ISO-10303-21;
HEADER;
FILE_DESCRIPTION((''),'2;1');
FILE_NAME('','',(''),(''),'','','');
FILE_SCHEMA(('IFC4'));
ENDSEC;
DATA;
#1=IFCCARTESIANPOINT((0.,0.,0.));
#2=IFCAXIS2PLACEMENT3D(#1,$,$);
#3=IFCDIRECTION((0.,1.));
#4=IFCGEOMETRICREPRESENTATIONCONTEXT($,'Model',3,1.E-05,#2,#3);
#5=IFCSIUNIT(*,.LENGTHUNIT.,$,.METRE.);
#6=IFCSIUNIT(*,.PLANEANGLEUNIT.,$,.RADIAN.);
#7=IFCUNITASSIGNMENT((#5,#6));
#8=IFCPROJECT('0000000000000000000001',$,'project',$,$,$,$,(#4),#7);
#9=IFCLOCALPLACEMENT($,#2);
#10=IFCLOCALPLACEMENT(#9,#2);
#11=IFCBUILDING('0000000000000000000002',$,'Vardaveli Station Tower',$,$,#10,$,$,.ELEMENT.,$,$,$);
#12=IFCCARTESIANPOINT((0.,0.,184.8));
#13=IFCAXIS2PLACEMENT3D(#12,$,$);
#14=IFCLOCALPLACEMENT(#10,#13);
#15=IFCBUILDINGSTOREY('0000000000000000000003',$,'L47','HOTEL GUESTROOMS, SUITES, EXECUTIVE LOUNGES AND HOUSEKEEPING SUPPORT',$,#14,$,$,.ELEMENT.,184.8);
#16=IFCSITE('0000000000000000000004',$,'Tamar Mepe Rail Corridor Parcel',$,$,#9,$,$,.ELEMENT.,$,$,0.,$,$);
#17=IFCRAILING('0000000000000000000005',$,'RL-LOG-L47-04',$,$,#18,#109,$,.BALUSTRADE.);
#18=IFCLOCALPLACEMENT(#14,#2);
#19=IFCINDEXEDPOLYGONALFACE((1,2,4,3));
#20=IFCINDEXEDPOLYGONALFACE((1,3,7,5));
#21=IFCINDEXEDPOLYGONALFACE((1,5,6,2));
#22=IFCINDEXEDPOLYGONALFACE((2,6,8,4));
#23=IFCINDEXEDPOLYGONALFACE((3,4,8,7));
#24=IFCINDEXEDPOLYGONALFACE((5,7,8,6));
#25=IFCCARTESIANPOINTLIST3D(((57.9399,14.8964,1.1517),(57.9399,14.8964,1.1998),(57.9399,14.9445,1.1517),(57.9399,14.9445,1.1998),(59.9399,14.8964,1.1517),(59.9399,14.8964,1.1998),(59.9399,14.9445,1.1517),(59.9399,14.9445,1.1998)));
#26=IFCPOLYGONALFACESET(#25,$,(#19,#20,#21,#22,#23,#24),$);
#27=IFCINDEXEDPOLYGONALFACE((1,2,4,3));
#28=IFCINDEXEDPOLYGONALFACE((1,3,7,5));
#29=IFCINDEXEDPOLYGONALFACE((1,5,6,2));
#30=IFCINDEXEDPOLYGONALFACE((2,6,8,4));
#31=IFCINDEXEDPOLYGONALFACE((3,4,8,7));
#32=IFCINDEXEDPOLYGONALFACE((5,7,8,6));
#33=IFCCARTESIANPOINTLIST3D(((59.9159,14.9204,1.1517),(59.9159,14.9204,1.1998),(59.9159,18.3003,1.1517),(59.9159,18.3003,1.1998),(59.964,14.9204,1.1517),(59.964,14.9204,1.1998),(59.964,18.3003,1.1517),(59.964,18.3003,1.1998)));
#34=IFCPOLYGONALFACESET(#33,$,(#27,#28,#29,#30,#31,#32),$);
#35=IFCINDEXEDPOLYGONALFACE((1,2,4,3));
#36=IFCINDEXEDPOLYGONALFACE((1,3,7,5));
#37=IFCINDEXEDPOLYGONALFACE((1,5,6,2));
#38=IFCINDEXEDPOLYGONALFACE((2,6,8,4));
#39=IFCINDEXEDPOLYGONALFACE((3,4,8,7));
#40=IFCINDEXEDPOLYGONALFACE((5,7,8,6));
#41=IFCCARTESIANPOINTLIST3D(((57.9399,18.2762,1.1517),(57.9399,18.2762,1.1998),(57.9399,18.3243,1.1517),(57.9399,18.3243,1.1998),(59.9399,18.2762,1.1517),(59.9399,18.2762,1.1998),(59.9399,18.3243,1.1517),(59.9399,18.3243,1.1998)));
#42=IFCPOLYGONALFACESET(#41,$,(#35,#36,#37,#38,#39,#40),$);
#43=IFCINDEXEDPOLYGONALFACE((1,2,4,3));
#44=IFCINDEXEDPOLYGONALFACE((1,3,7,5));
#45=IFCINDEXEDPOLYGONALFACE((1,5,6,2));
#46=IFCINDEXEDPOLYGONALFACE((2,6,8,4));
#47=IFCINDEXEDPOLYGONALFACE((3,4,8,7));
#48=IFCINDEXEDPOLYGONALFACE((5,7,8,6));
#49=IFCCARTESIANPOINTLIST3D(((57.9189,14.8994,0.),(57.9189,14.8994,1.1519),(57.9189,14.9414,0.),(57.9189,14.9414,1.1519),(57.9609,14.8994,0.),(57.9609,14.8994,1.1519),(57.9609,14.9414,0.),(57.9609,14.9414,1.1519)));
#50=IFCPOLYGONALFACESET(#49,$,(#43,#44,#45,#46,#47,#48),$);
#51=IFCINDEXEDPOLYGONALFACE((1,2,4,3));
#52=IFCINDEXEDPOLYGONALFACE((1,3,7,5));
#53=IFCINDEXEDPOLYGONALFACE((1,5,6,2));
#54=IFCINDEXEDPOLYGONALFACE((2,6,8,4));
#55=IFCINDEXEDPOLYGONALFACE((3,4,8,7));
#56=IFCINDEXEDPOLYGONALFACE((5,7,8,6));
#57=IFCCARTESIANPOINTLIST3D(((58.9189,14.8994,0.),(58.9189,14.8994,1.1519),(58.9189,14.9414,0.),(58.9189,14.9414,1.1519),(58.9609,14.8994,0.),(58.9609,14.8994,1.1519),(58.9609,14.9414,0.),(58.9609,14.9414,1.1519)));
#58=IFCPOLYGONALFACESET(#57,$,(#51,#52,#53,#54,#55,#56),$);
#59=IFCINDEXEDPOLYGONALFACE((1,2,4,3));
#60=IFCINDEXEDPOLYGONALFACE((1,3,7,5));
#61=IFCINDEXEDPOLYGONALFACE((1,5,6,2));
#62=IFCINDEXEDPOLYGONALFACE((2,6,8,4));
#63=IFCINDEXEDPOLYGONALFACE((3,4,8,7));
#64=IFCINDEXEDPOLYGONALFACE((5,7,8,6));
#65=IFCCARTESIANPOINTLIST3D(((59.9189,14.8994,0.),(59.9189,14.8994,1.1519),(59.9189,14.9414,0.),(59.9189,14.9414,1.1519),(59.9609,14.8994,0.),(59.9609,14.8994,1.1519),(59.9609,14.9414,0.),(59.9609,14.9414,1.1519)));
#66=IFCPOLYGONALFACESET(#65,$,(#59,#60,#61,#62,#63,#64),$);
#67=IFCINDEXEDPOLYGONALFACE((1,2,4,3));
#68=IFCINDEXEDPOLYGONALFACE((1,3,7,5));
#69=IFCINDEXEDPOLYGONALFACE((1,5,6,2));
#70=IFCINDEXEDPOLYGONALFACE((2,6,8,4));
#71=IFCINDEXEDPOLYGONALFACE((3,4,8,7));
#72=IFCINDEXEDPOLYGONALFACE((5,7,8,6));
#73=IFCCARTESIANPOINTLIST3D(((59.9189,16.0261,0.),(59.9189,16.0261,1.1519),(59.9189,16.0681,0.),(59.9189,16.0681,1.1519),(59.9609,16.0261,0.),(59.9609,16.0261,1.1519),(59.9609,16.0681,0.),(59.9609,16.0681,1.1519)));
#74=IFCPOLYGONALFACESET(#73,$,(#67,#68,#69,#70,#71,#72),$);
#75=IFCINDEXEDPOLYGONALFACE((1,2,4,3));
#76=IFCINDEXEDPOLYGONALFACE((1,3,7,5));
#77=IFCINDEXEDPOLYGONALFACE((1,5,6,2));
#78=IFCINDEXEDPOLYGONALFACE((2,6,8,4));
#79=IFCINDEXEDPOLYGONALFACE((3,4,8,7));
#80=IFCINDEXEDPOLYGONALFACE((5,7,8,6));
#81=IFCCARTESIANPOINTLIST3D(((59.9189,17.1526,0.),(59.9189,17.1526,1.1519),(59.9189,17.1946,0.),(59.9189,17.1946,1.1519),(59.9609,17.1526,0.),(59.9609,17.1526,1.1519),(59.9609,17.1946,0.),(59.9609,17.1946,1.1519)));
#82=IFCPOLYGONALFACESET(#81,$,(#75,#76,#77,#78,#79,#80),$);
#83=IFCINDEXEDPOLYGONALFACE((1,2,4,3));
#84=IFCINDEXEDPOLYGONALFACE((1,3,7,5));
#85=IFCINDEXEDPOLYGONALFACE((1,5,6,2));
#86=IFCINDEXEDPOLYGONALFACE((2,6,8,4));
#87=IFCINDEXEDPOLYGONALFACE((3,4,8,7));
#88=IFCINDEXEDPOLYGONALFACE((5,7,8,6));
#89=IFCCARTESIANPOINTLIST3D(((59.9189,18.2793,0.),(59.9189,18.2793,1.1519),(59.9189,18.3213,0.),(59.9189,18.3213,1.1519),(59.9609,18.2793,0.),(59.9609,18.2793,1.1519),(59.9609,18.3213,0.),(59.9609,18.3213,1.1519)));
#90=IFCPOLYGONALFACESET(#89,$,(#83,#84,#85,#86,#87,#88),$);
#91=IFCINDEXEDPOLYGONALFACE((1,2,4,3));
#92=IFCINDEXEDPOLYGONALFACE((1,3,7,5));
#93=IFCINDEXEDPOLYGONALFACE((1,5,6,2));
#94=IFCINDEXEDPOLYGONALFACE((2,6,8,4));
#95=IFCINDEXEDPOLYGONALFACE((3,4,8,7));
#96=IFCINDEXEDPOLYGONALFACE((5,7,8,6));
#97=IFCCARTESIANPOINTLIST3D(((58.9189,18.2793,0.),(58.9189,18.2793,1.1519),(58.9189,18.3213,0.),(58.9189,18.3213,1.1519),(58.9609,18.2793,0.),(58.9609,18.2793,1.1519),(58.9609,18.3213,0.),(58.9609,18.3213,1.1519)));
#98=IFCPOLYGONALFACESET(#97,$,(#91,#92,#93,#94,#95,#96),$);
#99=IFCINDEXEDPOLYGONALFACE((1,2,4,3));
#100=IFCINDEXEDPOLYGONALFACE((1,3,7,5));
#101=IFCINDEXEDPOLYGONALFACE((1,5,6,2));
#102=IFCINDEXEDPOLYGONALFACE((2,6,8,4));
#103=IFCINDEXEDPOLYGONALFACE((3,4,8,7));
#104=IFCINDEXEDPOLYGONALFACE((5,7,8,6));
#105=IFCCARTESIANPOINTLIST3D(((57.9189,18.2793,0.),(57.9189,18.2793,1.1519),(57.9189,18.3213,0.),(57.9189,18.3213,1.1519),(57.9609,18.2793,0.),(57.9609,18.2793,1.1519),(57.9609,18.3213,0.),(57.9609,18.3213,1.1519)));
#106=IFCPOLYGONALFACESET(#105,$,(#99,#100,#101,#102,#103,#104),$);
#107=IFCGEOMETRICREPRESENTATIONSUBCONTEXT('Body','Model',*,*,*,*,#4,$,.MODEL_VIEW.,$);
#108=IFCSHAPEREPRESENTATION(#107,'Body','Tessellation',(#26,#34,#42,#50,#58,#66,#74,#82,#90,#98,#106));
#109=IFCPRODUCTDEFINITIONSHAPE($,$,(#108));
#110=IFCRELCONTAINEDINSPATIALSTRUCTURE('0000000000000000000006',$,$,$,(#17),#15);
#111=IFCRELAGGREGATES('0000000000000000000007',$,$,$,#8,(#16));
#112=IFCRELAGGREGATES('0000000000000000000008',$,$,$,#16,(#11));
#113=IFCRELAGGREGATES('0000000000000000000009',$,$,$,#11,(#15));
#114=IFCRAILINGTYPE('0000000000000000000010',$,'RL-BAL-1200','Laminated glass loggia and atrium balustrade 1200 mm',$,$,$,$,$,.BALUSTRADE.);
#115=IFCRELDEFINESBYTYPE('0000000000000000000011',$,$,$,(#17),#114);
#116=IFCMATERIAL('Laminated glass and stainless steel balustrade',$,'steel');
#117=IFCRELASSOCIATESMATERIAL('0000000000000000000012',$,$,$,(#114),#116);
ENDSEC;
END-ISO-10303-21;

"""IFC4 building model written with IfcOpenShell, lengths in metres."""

from ifc_helpers import new_model, si_unit, direction, frame, origin, origin_2d, place, context, subcontext, project, spatial, rectangle, extrude, source, transform, mapped, material, type_object, element, save


model = new_model("IFC4")

# Units and contexts
model_context = context("Model", 3, precision=1e-05, world=origin(), true_north=direction((0.0, 1.0)))
body_context = subcontext(model_context, "Body", "Model", "MODEL_VIEW")
ifc_project = project(units=[si_unit("LENGTHUNIT", "METRE"), si_unit("PLANEANGLEUNIT", "RADIAN")], contexts=[model_context])

# Site, building, storey
site_placement = place(None, origin())
site = spatial("IfcSite", under=ifc_project, at=site_placement, Name="Tamar Mepe Rail Corridor Parcel", CompositionType="ELEMENT", RefElevation=0.0)
building_placement = place(site_placement, origin())
building = spatial("IfcBuilding", under=site, at=building_placement, Name="Vardaveli Station Tower", CompositionType="ELEMENT")
storey_placement = place(building_placement, frame((0.0, 0.0, 184.8)))
storey = spatial("IfcBuildingStorey", under=building, at=storey_placement, Name="L47", Description="HOTEL GUESTROOMS, SUITES, EXECUTIVE LOUNGES AND HOUSEKEEPING SUPPORT", CompositionType="ELEMENT", Elevation=184.8)

# Railing
ifc_material_1 = material(Name="Laminated glass and stainless steel balustrade", Category="steel")
railing_type = type_object("IfcRailingType", Name="RL-BAL-1200", Description="Laminated glass loggia and atrium balustrade 1200 mm", PredefinedType="BALUSTRADE", material=ifc_material_1)
shared_shape_1 = source(origin(), body_context, "Body", "SweptSolid", [
    extrude(rectangle(XDim=0.0481, YDim=0.0481, at=origin_2d()), frame((0.0, 0.0, 1.1758), z_axis=(1.0, 0.0, 0.0), x_axis=(0.0, 1.0, 0.0)), (0.0, 0.0, 1.0), 2.0),
    extrude(rectangle(XDim=0.0481, YDim=0.0481, at=origin_2d()), frame((2.0, 0.0, 1.1758), z_axis=(0.0, 1.0, 0.0), x_axis=(-1.0, 0.0, 0.0)), (0.0, 0.0, 1.0), 3.3799),
    extrude(rectangle(XDim=0.0481, YDim=0.0481, at=origin_2d()), frame((2.0, 3.3799, 1.1758), z_axis=(-1.0, 0.0, 0.0), x_axis=(0.0, -1.0, 0.0)), (0.0, 0.0, 1.0), 2.0),
    extrude(rectangle(XDim=0.042, YDim=0.042, at=origin_2d()), origin(), (0.0, 0.0, 1.0), 1.1519),
    extrude(rectangle(XDim=0.042, YDim=0.042, at=origin_2d()), frame((1.0, 0.0, 0.0)), (0.0, 0.0, 1.0), 1.1519),
    extrude(rectangle(XDim=0.042, YDim=0.042, at=origin_2d()), frame((2.0, 0.0, 0.0)), (0.0, 0.0, 1.0), 1.1519),
    extrude(rectangle(XDim=0.042, YDim=0.042, at=origin_2d()), frame((2.0, 1.1267, 0.0)), (0.0, 0.0, 1.0), 1.1519),
    extrude(rectangle(XDim=0.042, YDim=0.042, at=origin_2d()), frame((2.0, 2.2532, 0.0)), (0.0, 0.0, 1.0), 1.1519),
    extrude(rectangle(XDim=0.042, YDim=0.042, at=origin_2d()), frame((2.0, 3.3799, 0.0)), (0.0, 0.0, 1.0), 1.1519),
    extrude(rectangle(XDim=0.042, YDim=0.042, at=origin_2d()), frame((1.0, 3.3799, 0.0)), (0.0, 0.0, 1.0), 1.1519),
    extrude(rectangle(XDim=0.042, YDim=0.042, at=origin_2d()), frame((0.0, 3.3799, 0.0)), (0.0, 0.0, 1.0), 1.1519),
])
railing_placement = place(storey_placement, frame((57.9399, 14.9204, 0.0)))
element("IfcRailing", 1, at=railing_placement, inside=storey, type_object=railing_type, Name="RL-LOG-L47-04", PredefinedType="BALUSTRADE", context=body_context, shape_type="MappedRepresentation", body=[
    mapped(shared_shape_1, transform((0.0, 0.0, 0.0), scale=1.0)),
])

save(model, "model.ifc")
